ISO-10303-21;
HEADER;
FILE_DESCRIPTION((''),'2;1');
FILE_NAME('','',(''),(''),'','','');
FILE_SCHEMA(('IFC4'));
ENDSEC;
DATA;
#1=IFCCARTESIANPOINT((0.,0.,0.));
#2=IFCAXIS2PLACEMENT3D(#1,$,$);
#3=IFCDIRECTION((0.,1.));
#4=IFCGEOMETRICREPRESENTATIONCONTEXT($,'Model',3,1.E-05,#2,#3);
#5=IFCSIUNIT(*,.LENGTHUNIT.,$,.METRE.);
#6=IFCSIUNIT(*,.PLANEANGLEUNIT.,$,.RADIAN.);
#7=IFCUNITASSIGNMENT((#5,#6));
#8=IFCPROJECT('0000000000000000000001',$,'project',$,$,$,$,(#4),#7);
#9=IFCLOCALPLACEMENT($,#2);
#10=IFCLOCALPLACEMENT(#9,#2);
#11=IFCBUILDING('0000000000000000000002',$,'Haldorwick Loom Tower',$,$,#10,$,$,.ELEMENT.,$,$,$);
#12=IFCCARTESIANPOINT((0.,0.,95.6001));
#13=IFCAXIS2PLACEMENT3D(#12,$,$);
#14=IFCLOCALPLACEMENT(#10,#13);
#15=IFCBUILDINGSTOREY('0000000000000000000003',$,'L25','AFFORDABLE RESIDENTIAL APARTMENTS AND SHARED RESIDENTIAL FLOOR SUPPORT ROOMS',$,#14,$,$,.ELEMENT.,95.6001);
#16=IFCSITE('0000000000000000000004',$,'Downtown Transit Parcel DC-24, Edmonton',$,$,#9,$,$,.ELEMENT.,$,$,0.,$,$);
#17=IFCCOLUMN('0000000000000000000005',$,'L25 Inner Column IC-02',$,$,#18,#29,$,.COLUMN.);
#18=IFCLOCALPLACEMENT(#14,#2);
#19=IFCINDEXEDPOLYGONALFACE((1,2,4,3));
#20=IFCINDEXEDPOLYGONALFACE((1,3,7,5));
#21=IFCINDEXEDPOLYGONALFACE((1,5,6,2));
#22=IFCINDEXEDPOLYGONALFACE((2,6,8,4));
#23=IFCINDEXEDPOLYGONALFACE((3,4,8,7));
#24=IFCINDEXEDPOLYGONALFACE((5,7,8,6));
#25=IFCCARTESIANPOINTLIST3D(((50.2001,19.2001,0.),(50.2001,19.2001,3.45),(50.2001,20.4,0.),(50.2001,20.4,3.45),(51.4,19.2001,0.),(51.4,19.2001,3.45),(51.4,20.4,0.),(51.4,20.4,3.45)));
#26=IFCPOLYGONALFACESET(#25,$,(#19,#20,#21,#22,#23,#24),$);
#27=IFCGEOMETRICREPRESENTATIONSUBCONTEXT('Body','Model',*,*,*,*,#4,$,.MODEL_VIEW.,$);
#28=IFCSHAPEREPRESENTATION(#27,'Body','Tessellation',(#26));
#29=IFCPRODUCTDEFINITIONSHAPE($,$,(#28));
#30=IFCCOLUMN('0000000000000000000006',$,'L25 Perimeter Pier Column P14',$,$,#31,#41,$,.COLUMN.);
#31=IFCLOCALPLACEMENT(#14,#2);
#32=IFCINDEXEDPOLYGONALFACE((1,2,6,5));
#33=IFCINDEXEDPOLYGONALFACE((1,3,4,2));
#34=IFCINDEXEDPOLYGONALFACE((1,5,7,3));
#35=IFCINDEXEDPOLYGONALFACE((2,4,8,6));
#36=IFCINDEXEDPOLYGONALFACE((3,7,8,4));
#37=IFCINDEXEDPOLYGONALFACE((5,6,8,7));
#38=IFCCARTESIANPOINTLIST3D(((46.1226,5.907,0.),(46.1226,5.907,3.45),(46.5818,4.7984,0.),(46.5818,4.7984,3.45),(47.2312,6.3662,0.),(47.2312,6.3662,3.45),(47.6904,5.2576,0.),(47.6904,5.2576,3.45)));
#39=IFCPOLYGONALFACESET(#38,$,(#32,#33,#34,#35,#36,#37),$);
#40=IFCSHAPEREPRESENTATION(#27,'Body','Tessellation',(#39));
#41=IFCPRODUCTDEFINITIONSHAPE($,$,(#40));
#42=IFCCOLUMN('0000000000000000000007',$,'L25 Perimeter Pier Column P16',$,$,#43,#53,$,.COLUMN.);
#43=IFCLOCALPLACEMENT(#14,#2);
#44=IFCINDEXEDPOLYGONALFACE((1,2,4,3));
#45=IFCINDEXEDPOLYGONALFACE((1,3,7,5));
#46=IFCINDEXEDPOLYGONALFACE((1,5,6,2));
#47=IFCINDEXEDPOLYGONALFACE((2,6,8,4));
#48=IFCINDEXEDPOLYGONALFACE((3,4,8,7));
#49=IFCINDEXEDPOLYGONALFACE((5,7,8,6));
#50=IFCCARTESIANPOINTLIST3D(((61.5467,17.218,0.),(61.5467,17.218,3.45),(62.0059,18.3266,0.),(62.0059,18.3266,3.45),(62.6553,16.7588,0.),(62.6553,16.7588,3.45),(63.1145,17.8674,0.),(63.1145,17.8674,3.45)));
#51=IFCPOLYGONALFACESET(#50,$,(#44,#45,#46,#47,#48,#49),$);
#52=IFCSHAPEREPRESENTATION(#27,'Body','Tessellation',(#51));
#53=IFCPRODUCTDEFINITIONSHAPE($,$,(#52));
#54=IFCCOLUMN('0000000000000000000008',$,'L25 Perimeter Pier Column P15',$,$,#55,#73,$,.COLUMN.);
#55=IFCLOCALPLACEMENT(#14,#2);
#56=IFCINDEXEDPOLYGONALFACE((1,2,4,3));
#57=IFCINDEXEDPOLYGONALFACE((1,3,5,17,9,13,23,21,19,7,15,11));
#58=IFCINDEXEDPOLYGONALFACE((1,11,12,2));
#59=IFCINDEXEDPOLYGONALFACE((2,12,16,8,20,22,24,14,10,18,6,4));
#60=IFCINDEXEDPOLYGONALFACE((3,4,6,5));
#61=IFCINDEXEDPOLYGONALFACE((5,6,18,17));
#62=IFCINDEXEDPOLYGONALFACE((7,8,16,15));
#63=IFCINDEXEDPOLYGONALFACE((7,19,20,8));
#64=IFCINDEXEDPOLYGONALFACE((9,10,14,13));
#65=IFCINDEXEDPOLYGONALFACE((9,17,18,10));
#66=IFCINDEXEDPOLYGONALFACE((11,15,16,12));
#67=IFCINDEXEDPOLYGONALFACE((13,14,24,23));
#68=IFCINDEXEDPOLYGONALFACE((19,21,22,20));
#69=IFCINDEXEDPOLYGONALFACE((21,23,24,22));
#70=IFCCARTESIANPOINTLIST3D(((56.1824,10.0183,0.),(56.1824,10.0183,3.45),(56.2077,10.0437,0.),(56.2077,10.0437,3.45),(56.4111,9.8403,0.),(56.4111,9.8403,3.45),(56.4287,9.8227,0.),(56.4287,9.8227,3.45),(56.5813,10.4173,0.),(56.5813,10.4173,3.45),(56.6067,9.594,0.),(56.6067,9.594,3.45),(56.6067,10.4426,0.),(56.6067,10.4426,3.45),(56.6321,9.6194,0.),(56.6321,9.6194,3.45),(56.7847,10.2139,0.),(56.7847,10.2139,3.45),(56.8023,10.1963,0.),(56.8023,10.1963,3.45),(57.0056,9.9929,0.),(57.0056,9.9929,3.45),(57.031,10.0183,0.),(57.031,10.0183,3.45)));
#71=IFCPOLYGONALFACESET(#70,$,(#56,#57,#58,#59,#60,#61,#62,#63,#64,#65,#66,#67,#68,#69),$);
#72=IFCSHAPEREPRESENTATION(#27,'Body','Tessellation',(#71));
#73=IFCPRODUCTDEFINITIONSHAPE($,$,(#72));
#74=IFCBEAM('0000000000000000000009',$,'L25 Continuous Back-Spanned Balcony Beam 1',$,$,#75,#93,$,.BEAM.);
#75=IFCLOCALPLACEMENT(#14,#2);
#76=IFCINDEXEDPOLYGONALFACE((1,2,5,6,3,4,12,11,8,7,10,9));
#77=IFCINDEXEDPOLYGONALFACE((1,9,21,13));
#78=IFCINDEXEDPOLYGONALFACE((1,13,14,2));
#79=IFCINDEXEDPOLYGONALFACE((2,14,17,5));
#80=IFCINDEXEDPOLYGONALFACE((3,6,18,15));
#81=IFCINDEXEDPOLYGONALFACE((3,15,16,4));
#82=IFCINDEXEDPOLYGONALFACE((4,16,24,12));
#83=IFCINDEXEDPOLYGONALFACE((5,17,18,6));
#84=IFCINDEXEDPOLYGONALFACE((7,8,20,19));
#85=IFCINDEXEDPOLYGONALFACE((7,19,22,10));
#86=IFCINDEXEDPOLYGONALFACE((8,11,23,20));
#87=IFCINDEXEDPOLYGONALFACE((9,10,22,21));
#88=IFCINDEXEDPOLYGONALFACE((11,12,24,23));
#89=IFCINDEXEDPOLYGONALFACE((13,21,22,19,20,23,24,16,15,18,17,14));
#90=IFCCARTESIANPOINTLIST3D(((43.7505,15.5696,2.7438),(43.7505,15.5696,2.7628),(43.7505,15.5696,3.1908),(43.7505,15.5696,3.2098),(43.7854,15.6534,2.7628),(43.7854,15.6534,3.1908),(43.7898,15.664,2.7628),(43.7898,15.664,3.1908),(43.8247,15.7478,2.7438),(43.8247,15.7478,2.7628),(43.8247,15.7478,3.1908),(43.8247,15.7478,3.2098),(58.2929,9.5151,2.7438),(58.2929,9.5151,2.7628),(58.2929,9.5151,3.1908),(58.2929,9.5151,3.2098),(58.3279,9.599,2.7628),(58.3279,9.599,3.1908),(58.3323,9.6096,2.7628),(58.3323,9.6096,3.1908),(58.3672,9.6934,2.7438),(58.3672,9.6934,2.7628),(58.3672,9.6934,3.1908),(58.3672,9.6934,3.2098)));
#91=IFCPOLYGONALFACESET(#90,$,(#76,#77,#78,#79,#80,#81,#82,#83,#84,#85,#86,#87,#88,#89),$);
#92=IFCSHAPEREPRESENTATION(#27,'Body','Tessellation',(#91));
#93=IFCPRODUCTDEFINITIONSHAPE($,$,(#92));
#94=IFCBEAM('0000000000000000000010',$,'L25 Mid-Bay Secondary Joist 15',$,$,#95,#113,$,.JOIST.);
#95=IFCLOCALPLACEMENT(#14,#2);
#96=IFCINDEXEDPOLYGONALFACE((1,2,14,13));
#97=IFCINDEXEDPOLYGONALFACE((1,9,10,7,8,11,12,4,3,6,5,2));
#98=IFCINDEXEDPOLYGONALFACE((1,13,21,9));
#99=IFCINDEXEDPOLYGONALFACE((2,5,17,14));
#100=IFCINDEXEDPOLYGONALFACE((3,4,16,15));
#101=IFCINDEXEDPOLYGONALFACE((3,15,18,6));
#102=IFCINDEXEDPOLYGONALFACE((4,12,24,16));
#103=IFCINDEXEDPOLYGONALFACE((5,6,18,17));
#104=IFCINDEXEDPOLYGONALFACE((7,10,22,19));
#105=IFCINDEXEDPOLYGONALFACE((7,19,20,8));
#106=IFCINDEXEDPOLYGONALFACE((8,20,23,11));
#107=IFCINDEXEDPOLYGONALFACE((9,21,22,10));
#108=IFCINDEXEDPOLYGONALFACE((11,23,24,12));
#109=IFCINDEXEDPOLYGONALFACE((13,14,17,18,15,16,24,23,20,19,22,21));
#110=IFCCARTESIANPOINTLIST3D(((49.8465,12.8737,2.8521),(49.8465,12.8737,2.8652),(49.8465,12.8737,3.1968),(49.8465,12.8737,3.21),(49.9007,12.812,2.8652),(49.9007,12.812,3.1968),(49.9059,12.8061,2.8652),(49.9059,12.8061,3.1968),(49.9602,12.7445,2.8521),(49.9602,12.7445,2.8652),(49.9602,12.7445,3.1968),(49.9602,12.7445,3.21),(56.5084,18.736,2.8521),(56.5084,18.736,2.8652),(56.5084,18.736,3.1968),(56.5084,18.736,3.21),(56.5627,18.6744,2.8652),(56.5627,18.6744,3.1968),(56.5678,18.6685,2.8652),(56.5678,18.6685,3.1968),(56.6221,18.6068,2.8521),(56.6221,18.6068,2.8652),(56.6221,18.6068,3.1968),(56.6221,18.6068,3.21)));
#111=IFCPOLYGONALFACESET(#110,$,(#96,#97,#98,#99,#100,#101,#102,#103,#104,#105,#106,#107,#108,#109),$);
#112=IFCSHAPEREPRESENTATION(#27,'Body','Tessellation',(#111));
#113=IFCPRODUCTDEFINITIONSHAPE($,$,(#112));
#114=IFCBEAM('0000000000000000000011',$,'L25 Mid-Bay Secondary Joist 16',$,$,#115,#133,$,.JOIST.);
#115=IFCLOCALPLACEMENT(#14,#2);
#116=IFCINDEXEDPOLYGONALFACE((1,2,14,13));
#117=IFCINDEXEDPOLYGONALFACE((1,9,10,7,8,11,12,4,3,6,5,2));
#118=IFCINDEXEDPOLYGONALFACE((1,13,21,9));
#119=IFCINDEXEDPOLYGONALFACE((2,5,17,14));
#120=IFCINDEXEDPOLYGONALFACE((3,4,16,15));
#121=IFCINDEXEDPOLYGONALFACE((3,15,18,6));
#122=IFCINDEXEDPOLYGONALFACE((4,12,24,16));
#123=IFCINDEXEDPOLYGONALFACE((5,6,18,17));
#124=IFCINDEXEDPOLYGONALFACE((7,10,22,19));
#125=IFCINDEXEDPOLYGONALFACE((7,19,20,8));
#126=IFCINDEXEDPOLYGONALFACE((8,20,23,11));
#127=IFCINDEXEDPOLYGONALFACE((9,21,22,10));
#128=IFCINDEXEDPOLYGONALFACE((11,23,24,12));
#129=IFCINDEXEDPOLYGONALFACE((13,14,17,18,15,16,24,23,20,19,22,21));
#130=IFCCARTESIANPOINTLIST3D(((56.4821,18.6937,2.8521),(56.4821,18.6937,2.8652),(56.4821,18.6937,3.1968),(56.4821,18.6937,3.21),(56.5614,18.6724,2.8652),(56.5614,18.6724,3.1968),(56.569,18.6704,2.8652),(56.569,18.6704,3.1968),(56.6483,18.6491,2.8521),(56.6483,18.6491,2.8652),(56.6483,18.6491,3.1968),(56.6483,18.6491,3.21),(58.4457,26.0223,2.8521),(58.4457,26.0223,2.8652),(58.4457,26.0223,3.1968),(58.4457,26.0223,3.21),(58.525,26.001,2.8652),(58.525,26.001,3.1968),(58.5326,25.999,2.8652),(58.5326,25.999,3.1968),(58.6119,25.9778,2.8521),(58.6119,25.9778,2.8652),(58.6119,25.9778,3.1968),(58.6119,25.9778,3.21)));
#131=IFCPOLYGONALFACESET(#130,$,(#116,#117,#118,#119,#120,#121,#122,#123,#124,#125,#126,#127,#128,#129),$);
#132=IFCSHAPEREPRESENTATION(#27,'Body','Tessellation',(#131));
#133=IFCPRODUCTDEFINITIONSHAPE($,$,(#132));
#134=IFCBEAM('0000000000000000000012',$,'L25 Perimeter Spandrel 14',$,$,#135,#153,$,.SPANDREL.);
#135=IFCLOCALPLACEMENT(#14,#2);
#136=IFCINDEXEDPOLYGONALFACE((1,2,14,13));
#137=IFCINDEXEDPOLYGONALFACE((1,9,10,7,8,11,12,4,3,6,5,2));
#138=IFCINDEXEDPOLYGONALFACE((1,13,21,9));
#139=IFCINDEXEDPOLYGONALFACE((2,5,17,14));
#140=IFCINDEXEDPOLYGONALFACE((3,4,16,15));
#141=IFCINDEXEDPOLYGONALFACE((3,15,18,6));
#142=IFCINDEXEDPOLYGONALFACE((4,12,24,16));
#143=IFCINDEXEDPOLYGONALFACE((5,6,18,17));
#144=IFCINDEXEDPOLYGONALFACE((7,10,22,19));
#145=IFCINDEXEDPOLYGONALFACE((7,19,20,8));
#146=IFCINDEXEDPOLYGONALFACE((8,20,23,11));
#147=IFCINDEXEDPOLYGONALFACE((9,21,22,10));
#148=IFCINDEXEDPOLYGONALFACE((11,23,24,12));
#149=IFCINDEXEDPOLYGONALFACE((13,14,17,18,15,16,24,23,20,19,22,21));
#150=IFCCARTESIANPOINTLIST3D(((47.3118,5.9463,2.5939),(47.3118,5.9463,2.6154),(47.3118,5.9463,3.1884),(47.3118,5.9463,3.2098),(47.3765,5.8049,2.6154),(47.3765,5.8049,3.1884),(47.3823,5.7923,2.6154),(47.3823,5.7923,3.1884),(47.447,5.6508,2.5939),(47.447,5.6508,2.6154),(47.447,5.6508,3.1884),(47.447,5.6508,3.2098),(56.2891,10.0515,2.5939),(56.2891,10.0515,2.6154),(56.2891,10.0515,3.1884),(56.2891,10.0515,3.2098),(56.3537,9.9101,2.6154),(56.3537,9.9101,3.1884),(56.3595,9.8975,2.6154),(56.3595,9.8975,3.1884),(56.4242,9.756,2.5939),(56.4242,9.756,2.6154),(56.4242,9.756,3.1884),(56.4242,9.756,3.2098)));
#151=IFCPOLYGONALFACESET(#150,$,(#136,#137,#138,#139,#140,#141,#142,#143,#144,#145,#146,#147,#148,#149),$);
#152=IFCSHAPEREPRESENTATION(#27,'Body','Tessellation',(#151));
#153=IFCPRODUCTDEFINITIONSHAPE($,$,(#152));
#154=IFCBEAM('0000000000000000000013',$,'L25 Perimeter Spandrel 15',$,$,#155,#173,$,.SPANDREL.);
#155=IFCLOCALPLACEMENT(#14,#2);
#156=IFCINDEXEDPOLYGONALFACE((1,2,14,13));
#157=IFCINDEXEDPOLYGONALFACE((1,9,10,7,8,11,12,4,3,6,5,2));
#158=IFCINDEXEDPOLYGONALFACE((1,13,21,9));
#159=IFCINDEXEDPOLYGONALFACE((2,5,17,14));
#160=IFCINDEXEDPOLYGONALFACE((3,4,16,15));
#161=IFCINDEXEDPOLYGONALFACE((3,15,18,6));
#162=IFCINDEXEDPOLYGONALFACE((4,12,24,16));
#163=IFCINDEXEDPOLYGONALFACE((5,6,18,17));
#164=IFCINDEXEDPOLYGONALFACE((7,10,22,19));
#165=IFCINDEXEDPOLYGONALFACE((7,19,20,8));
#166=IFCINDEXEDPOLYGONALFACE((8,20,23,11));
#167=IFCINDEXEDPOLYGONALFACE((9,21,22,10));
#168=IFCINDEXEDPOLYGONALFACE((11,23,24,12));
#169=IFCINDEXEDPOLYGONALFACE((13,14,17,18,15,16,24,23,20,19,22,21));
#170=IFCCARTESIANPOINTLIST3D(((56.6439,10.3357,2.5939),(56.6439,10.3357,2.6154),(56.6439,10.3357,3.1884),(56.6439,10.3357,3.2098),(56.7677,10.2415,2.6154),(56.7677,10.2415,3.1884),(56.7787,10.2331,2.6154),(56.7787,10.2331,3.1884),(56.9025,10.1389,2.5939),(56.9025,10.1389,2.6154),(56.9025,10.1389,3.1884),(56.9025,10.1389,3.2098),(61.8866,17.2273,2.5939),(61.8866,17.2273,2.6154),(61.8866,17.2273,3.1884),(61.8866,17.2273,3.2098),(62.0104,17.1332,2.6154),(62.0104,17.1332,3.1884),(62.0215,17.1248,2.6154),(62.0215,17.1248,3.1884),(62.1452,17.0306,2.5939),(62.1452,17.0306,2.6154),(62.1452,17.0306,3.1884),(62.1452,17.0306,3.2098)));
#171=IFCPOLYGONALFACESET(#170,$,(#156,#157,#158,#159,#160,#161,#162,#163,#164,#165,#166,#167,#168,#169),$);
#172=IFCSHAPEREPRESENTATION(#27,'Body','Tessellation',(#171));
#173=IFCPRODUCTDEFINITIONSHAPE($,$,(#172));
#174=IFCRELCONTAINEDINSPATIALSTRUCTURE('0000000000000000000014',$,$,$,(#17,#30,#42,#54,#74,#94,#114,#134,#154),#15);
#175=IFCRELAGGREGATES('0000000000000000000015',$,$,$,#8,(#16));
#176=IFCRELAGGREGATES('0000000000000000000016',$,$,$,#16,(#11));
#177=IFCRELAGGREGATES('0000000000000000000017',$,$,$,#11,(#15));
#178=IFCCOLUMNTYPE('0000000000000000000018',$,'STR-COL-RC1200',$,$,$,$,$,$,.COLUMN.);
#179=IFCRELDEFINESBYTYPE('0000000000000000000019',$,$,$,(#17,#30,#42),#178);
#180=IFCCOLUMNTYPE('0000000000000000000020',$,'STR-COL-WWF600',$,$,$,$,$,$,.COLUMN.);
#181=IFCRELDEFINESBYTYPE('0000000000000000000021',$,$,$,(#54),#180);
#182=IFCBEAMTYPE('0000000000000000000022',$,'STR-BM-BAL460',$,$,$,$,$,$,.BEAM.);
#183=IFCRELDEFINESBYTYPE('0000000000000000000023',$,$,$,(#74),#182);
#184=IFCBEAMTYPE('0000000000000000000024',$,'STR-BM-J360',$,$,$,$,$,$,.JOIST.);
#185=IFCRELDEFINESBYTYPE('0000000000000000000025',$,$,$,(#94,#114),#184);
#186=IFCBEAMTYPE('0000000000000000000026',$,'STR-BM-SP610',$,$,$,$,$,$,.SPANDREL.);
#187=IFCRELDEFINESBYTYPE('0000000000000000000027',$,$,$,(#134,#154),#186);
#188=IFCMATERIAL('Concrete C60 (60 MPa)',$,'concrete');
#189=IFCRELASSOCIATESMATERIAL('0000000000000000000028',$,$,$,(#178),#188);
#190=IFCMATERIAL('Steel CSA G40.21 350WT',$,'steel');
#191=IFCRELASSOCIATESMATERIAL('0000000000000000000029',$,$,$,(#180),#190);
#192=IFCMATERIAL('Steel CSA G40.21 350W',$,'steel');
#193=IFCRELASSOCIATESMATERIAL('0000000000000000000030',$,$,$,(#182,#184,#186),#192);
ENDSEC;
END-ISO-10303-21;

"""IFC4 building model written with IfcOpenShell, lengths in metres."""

from ifc_helpers import new_model, si_unit, direction, frame, origin, origin_2d, place, context, subcontext, project, spatial, rectangle, i_section, extrude, material, material_profile, profile_set, type_object, element, save


model = new_model("IFC4")

# Units and contexts
model_context = context("Model", 3, precision=1e-05, world=origin(), true_north=direction((0.0, 1.0)))
body_context = subcontext(model_context, "Body", "Model", "MODEL_VIEW")
ifc_project = project(units=[si_unit("LENGTHUNIT", "METRE"), si_unit("PLANEANGLEUNIT", "RADIAN")], contexts=[model_context])

# Site, building, storey
site_placement = place(None, origin())
site = spatial("IfcSite", under=ifc_project, at=site_placement, Name="Downtown Transit Parcel DC-24, Edmonton", CompositionType="ELEMENT", RefElevation=0.0)
building_placement = place(site_placement, origin())
building = spatial("IfcBuilding", under=site, at=building_placement, Name="Haldorwick Loom Tower", CompositionType="ELEMENT")
storey_placement = place(building_placement, frame((0.0, 0.0, 95.6001)))
storey = spatial("IfcBuildingStorey", under=building, at=storey_placement, Name="L25", Description="AFFORDABLE RESIDENTIAL APARTMENTS AND SHARED RESIDENTIAL FLOOR SUPPORT ROOMS", CompositionType="ELEMENT", Elevation=95.6001)

# Columns
ifc_material_1 = material(Name="Concrete C60 (60 MPa)", Category="concrete")
ifc_material_profile_1 = material_profile(ifc_material_1, rectangle(XDim=1.2, YDim=1.2, at=origin_2d()), Name="RC1200X1200", Category="concrete")
ifc_profile_set_1 = profile_set([ifc_material_profile_1], Name="Concrete C60 (60 MPa)")
column_type_1 = type_object("IfcColumnType", Name="STR-COL-RC1200", PredefinedType="COLUMN", material=ifc_profile_set_1)
for number, where, z_axis, x_axis, name in (
    (1, (50.8, 19.8, 0.0), (0.0, 0.0, 1.0), (1.0, 0.0, 0.0), "L25 Inner Column IC-02"),
    (2, (46.9065, 5.5823, 0.0), (0.0, 0.0, 1.0), (0.382683, -0.92388, 0.0), "L25 Perimeter Pier Column P14"),
    (3, (62.3306, 17.5427, 0.0), (0.0, 0.0, 1.0), (0.92388, -0.382683, 0.0), "L25 Perimeter Pier Column P16"),
):
    element("IfcColumn", number, at=place(storey_placement, frame(where, z_axis=z_axis, x_axis=x_axis)), inside=storey, type_object=column_type_1, Name=name, PredefinedType="COLUMN", context=body_context, shape_type="SweptSolid", body=[
        extrude(rectangle(XDim=1.2, YDim=1.2, at=origin_2d()), origin(), (0.0, 0.0, 1.0), 3.45),
    ])
ifc_material_2 = material(Name="Steel CSA G40.21 350WT", Category="steel")
ifc_material_profile_2 = material_profile(ifc_material_2, i_section(OverallWidth=0.6001, OverallDepth=0.6001, WebThickness=0.0249, FlangeThickness=0.0359, at=origin_2d()), Name="WWF600X600", Category="steel")
ifc_profile_set_2 = profile_set([ifc_material_profile_2], Name="Steel CSA G40.21 350WT")
column_type_2 = type_object("IfcColumnType", Name="STR-COL-WWF600", PredefinedType="COLUMN", material=ifc_profile_set_2)
column_placement = place(storey_placement, frame((56.6067, 10.0183, 0.0), z_axis=(0.0, 0.0, 1.0), x_axis=(0.707107, -0.707107, 0.0)))
element("IfcColumn", 4, at=column_placement, inside=storey, type_object=column_type_2, Name="L25 Perimeter Pier Column P15", PredefinedType="COLUMN", context=body_context, shape_type="SweptSolid", body=[
    extrude(i_section(OverallWidth=0.6001, OverallDepth=0.6001, WebThickness=0.0249, FlangeThickness=0.0359, at=origin_2d()), origin(), (0.0, 0.0, 1.0), 3.45),
])

# Beams
ifc_material_3 = material(Name="Steel CSA G40.21 350W", Category="steel")
ifc_material_profile_3 = material_profile(ifc_material_3, i_section(OverallWidth=0.1931, OverallDepth=0.4661, WebThickness=0.0115, FlangeThickness=0.019, at=origin_2d()), Name="W460X97", Category="steel")
ifc_profile_set_3 = profile_set([ifc_material_profile_3], Name="Steel CSA G40.21 350W")
beam_type_1 = type_object("IfcBeamType", Name="STR-BM-BAL460", PredefinedType="BEAM", material=ifc_profile_set_3)
beam_1_placement = place(storey_placement, frame((43.7876, 15.6587, 2.9768), z_axis=(0.923188, -0.384349, 0.0), x_axis=(0.384349, 0.923188, 0.0)))
element("IfcBeam", 5, at=beam_1_placement, inside=storey, type_object=beam_type_1, Name="L25 Continuous Back-Spanned Balcony Beam 1", PredefinedType="BEAM", context=body_context, shape_type="SweptSolid", body=[
    extrude(i_section(OverallWidth=0.1931, OverallDepth=0.4661, WebThickness=0.0115, FlangeThickness=0.019, at=origin_2d()), origin(), (0.0, 0.0, 1.0), 15.7524),
])
ifc_material_profile_4 = material_profile(ifc_material_3, i_section(OverallWidth=0.1721, OverallDepth=0.3579, WebThickness=0.0078, FlangeThickness=0.0132, at=origin_2d()), Name="W360X57", Category="steel")
ifc_profile_set_4 = profile_set([ifc_material_profile_4], Name="Steel CSA G40.21 350W")
beam_type_2 = type_object("IfcBeamType", Name="STR-BM-J360", PredefinedType="JOIST", material=ifc_profile_set_4)
beam_2_placement = place(storey_placement, frame((49.9033, 12.8091, 3.031), z_axis=(0.750721, 0.660619, 0.0), x_axis=(-0.660619, 0.750721, 0.0)))
element("IfcBeam", 6, at=beam_2_placement, inside=storey, type_object=beam_type_2, Name="L25 Mid-Bay Secondary Joist 15", PredefinedType="JOIST", context=body_context, shape_type="SweptSolid", body=[
    extrude(i_section(OverallWidth=0.1721, OverallDepth=0.3579, WebThickness=0.0078, FlangeThickness=0.0132, at=origin_2d()), origin(), (0.0, 0.0, 1.0), 8.874),
])
beam_3_placement = place(storey_placement, frame((56.5652, 18.6714, 3.031), z_axis=(0.25881, 0.965928, 0.0), x_axis=(-0.965928, 0.25881, 0.0)))
element("IfcBeam", 7, at=beam_3_placement, inside=storey, type_object=beam_type_2, Name="L25 Mid-Bay Secondary Joist 16", PredefinedType="JOIST", context=body_context, shape_type="SweptSolid", body=[
    extrude(i_section(OverallWidth=0.1721, OverallDepth=0.3579, WebThickness=0.0078, FlangeThickness=0.0132, at=origin_2d()), origin(), (0.0, 0.0, 1.0), 7.5872),
])
ifc_material_profile_5 = material_profile(ifc_material_3, i_section(OverallWidth=0.325, OverallDepth=0.616, WebThickness=0.0139, FlangeThickness=0.0215, at=origin_2d()), Name="W610X174", Category="steel")
ifc_profile_set_5 = profile_set([ifc_material_profile_5], Name="Steel CSA G40.21 350W")
beam_type_3 = type_object("IfcBeamType", Name="STR-BM-SP610", PredefinedType="SPANDREL", material=ifc_profile_set_5)
beam_4_placement = place(storey_placement, frame((47.3794, 5.7986, 2.9019), z_axis=(0.909424, 0.41587, 0.0), x_axis=(-0.41587, 0.909424, 0.0)))
element("IfcBeam", 8, at=beam_4_placement, inside=storey, type_object=beam_type_3, Name="L25 Perimeter Spandrel 14", PredefinedType="SPANDREL", context=body_context, shape_type="SweptSolid", body=[
    extrude(i_section(OverallWidth=0.325, OverallDepth=0.616, WebThickness=0.0139, FlangeThickness=0.0215, at=origin_2d()), origin(), (0.0, 0.0, 1.0), 9.8713),
])
beam_5_placement = place(storey_placement, frame((56.7732, 10.2373, 2.9019), z_axis=(0.605454, 0.795881, 0.0), x_axis=(-0.795881, 0.605454, 0.0)))
element("IfcBeam", 9, at=beam_5_placement, inside=storey, type_object=beam_type_3, Name="L25 Perimeter Spandrel 15", PredefinedType="SPANDREL", context=body_context, shape_type="SweptSolid", body=[
    extrude(i_section(OverallWidth=0.325, OverallDepth=0.616, WebThickness=0.0139, FlangeThickness=0.0215, at=origin_2d()), origin(), (0.0, 0.0, 1.0), 8.6592),
])

save(model, "model.ifc")
